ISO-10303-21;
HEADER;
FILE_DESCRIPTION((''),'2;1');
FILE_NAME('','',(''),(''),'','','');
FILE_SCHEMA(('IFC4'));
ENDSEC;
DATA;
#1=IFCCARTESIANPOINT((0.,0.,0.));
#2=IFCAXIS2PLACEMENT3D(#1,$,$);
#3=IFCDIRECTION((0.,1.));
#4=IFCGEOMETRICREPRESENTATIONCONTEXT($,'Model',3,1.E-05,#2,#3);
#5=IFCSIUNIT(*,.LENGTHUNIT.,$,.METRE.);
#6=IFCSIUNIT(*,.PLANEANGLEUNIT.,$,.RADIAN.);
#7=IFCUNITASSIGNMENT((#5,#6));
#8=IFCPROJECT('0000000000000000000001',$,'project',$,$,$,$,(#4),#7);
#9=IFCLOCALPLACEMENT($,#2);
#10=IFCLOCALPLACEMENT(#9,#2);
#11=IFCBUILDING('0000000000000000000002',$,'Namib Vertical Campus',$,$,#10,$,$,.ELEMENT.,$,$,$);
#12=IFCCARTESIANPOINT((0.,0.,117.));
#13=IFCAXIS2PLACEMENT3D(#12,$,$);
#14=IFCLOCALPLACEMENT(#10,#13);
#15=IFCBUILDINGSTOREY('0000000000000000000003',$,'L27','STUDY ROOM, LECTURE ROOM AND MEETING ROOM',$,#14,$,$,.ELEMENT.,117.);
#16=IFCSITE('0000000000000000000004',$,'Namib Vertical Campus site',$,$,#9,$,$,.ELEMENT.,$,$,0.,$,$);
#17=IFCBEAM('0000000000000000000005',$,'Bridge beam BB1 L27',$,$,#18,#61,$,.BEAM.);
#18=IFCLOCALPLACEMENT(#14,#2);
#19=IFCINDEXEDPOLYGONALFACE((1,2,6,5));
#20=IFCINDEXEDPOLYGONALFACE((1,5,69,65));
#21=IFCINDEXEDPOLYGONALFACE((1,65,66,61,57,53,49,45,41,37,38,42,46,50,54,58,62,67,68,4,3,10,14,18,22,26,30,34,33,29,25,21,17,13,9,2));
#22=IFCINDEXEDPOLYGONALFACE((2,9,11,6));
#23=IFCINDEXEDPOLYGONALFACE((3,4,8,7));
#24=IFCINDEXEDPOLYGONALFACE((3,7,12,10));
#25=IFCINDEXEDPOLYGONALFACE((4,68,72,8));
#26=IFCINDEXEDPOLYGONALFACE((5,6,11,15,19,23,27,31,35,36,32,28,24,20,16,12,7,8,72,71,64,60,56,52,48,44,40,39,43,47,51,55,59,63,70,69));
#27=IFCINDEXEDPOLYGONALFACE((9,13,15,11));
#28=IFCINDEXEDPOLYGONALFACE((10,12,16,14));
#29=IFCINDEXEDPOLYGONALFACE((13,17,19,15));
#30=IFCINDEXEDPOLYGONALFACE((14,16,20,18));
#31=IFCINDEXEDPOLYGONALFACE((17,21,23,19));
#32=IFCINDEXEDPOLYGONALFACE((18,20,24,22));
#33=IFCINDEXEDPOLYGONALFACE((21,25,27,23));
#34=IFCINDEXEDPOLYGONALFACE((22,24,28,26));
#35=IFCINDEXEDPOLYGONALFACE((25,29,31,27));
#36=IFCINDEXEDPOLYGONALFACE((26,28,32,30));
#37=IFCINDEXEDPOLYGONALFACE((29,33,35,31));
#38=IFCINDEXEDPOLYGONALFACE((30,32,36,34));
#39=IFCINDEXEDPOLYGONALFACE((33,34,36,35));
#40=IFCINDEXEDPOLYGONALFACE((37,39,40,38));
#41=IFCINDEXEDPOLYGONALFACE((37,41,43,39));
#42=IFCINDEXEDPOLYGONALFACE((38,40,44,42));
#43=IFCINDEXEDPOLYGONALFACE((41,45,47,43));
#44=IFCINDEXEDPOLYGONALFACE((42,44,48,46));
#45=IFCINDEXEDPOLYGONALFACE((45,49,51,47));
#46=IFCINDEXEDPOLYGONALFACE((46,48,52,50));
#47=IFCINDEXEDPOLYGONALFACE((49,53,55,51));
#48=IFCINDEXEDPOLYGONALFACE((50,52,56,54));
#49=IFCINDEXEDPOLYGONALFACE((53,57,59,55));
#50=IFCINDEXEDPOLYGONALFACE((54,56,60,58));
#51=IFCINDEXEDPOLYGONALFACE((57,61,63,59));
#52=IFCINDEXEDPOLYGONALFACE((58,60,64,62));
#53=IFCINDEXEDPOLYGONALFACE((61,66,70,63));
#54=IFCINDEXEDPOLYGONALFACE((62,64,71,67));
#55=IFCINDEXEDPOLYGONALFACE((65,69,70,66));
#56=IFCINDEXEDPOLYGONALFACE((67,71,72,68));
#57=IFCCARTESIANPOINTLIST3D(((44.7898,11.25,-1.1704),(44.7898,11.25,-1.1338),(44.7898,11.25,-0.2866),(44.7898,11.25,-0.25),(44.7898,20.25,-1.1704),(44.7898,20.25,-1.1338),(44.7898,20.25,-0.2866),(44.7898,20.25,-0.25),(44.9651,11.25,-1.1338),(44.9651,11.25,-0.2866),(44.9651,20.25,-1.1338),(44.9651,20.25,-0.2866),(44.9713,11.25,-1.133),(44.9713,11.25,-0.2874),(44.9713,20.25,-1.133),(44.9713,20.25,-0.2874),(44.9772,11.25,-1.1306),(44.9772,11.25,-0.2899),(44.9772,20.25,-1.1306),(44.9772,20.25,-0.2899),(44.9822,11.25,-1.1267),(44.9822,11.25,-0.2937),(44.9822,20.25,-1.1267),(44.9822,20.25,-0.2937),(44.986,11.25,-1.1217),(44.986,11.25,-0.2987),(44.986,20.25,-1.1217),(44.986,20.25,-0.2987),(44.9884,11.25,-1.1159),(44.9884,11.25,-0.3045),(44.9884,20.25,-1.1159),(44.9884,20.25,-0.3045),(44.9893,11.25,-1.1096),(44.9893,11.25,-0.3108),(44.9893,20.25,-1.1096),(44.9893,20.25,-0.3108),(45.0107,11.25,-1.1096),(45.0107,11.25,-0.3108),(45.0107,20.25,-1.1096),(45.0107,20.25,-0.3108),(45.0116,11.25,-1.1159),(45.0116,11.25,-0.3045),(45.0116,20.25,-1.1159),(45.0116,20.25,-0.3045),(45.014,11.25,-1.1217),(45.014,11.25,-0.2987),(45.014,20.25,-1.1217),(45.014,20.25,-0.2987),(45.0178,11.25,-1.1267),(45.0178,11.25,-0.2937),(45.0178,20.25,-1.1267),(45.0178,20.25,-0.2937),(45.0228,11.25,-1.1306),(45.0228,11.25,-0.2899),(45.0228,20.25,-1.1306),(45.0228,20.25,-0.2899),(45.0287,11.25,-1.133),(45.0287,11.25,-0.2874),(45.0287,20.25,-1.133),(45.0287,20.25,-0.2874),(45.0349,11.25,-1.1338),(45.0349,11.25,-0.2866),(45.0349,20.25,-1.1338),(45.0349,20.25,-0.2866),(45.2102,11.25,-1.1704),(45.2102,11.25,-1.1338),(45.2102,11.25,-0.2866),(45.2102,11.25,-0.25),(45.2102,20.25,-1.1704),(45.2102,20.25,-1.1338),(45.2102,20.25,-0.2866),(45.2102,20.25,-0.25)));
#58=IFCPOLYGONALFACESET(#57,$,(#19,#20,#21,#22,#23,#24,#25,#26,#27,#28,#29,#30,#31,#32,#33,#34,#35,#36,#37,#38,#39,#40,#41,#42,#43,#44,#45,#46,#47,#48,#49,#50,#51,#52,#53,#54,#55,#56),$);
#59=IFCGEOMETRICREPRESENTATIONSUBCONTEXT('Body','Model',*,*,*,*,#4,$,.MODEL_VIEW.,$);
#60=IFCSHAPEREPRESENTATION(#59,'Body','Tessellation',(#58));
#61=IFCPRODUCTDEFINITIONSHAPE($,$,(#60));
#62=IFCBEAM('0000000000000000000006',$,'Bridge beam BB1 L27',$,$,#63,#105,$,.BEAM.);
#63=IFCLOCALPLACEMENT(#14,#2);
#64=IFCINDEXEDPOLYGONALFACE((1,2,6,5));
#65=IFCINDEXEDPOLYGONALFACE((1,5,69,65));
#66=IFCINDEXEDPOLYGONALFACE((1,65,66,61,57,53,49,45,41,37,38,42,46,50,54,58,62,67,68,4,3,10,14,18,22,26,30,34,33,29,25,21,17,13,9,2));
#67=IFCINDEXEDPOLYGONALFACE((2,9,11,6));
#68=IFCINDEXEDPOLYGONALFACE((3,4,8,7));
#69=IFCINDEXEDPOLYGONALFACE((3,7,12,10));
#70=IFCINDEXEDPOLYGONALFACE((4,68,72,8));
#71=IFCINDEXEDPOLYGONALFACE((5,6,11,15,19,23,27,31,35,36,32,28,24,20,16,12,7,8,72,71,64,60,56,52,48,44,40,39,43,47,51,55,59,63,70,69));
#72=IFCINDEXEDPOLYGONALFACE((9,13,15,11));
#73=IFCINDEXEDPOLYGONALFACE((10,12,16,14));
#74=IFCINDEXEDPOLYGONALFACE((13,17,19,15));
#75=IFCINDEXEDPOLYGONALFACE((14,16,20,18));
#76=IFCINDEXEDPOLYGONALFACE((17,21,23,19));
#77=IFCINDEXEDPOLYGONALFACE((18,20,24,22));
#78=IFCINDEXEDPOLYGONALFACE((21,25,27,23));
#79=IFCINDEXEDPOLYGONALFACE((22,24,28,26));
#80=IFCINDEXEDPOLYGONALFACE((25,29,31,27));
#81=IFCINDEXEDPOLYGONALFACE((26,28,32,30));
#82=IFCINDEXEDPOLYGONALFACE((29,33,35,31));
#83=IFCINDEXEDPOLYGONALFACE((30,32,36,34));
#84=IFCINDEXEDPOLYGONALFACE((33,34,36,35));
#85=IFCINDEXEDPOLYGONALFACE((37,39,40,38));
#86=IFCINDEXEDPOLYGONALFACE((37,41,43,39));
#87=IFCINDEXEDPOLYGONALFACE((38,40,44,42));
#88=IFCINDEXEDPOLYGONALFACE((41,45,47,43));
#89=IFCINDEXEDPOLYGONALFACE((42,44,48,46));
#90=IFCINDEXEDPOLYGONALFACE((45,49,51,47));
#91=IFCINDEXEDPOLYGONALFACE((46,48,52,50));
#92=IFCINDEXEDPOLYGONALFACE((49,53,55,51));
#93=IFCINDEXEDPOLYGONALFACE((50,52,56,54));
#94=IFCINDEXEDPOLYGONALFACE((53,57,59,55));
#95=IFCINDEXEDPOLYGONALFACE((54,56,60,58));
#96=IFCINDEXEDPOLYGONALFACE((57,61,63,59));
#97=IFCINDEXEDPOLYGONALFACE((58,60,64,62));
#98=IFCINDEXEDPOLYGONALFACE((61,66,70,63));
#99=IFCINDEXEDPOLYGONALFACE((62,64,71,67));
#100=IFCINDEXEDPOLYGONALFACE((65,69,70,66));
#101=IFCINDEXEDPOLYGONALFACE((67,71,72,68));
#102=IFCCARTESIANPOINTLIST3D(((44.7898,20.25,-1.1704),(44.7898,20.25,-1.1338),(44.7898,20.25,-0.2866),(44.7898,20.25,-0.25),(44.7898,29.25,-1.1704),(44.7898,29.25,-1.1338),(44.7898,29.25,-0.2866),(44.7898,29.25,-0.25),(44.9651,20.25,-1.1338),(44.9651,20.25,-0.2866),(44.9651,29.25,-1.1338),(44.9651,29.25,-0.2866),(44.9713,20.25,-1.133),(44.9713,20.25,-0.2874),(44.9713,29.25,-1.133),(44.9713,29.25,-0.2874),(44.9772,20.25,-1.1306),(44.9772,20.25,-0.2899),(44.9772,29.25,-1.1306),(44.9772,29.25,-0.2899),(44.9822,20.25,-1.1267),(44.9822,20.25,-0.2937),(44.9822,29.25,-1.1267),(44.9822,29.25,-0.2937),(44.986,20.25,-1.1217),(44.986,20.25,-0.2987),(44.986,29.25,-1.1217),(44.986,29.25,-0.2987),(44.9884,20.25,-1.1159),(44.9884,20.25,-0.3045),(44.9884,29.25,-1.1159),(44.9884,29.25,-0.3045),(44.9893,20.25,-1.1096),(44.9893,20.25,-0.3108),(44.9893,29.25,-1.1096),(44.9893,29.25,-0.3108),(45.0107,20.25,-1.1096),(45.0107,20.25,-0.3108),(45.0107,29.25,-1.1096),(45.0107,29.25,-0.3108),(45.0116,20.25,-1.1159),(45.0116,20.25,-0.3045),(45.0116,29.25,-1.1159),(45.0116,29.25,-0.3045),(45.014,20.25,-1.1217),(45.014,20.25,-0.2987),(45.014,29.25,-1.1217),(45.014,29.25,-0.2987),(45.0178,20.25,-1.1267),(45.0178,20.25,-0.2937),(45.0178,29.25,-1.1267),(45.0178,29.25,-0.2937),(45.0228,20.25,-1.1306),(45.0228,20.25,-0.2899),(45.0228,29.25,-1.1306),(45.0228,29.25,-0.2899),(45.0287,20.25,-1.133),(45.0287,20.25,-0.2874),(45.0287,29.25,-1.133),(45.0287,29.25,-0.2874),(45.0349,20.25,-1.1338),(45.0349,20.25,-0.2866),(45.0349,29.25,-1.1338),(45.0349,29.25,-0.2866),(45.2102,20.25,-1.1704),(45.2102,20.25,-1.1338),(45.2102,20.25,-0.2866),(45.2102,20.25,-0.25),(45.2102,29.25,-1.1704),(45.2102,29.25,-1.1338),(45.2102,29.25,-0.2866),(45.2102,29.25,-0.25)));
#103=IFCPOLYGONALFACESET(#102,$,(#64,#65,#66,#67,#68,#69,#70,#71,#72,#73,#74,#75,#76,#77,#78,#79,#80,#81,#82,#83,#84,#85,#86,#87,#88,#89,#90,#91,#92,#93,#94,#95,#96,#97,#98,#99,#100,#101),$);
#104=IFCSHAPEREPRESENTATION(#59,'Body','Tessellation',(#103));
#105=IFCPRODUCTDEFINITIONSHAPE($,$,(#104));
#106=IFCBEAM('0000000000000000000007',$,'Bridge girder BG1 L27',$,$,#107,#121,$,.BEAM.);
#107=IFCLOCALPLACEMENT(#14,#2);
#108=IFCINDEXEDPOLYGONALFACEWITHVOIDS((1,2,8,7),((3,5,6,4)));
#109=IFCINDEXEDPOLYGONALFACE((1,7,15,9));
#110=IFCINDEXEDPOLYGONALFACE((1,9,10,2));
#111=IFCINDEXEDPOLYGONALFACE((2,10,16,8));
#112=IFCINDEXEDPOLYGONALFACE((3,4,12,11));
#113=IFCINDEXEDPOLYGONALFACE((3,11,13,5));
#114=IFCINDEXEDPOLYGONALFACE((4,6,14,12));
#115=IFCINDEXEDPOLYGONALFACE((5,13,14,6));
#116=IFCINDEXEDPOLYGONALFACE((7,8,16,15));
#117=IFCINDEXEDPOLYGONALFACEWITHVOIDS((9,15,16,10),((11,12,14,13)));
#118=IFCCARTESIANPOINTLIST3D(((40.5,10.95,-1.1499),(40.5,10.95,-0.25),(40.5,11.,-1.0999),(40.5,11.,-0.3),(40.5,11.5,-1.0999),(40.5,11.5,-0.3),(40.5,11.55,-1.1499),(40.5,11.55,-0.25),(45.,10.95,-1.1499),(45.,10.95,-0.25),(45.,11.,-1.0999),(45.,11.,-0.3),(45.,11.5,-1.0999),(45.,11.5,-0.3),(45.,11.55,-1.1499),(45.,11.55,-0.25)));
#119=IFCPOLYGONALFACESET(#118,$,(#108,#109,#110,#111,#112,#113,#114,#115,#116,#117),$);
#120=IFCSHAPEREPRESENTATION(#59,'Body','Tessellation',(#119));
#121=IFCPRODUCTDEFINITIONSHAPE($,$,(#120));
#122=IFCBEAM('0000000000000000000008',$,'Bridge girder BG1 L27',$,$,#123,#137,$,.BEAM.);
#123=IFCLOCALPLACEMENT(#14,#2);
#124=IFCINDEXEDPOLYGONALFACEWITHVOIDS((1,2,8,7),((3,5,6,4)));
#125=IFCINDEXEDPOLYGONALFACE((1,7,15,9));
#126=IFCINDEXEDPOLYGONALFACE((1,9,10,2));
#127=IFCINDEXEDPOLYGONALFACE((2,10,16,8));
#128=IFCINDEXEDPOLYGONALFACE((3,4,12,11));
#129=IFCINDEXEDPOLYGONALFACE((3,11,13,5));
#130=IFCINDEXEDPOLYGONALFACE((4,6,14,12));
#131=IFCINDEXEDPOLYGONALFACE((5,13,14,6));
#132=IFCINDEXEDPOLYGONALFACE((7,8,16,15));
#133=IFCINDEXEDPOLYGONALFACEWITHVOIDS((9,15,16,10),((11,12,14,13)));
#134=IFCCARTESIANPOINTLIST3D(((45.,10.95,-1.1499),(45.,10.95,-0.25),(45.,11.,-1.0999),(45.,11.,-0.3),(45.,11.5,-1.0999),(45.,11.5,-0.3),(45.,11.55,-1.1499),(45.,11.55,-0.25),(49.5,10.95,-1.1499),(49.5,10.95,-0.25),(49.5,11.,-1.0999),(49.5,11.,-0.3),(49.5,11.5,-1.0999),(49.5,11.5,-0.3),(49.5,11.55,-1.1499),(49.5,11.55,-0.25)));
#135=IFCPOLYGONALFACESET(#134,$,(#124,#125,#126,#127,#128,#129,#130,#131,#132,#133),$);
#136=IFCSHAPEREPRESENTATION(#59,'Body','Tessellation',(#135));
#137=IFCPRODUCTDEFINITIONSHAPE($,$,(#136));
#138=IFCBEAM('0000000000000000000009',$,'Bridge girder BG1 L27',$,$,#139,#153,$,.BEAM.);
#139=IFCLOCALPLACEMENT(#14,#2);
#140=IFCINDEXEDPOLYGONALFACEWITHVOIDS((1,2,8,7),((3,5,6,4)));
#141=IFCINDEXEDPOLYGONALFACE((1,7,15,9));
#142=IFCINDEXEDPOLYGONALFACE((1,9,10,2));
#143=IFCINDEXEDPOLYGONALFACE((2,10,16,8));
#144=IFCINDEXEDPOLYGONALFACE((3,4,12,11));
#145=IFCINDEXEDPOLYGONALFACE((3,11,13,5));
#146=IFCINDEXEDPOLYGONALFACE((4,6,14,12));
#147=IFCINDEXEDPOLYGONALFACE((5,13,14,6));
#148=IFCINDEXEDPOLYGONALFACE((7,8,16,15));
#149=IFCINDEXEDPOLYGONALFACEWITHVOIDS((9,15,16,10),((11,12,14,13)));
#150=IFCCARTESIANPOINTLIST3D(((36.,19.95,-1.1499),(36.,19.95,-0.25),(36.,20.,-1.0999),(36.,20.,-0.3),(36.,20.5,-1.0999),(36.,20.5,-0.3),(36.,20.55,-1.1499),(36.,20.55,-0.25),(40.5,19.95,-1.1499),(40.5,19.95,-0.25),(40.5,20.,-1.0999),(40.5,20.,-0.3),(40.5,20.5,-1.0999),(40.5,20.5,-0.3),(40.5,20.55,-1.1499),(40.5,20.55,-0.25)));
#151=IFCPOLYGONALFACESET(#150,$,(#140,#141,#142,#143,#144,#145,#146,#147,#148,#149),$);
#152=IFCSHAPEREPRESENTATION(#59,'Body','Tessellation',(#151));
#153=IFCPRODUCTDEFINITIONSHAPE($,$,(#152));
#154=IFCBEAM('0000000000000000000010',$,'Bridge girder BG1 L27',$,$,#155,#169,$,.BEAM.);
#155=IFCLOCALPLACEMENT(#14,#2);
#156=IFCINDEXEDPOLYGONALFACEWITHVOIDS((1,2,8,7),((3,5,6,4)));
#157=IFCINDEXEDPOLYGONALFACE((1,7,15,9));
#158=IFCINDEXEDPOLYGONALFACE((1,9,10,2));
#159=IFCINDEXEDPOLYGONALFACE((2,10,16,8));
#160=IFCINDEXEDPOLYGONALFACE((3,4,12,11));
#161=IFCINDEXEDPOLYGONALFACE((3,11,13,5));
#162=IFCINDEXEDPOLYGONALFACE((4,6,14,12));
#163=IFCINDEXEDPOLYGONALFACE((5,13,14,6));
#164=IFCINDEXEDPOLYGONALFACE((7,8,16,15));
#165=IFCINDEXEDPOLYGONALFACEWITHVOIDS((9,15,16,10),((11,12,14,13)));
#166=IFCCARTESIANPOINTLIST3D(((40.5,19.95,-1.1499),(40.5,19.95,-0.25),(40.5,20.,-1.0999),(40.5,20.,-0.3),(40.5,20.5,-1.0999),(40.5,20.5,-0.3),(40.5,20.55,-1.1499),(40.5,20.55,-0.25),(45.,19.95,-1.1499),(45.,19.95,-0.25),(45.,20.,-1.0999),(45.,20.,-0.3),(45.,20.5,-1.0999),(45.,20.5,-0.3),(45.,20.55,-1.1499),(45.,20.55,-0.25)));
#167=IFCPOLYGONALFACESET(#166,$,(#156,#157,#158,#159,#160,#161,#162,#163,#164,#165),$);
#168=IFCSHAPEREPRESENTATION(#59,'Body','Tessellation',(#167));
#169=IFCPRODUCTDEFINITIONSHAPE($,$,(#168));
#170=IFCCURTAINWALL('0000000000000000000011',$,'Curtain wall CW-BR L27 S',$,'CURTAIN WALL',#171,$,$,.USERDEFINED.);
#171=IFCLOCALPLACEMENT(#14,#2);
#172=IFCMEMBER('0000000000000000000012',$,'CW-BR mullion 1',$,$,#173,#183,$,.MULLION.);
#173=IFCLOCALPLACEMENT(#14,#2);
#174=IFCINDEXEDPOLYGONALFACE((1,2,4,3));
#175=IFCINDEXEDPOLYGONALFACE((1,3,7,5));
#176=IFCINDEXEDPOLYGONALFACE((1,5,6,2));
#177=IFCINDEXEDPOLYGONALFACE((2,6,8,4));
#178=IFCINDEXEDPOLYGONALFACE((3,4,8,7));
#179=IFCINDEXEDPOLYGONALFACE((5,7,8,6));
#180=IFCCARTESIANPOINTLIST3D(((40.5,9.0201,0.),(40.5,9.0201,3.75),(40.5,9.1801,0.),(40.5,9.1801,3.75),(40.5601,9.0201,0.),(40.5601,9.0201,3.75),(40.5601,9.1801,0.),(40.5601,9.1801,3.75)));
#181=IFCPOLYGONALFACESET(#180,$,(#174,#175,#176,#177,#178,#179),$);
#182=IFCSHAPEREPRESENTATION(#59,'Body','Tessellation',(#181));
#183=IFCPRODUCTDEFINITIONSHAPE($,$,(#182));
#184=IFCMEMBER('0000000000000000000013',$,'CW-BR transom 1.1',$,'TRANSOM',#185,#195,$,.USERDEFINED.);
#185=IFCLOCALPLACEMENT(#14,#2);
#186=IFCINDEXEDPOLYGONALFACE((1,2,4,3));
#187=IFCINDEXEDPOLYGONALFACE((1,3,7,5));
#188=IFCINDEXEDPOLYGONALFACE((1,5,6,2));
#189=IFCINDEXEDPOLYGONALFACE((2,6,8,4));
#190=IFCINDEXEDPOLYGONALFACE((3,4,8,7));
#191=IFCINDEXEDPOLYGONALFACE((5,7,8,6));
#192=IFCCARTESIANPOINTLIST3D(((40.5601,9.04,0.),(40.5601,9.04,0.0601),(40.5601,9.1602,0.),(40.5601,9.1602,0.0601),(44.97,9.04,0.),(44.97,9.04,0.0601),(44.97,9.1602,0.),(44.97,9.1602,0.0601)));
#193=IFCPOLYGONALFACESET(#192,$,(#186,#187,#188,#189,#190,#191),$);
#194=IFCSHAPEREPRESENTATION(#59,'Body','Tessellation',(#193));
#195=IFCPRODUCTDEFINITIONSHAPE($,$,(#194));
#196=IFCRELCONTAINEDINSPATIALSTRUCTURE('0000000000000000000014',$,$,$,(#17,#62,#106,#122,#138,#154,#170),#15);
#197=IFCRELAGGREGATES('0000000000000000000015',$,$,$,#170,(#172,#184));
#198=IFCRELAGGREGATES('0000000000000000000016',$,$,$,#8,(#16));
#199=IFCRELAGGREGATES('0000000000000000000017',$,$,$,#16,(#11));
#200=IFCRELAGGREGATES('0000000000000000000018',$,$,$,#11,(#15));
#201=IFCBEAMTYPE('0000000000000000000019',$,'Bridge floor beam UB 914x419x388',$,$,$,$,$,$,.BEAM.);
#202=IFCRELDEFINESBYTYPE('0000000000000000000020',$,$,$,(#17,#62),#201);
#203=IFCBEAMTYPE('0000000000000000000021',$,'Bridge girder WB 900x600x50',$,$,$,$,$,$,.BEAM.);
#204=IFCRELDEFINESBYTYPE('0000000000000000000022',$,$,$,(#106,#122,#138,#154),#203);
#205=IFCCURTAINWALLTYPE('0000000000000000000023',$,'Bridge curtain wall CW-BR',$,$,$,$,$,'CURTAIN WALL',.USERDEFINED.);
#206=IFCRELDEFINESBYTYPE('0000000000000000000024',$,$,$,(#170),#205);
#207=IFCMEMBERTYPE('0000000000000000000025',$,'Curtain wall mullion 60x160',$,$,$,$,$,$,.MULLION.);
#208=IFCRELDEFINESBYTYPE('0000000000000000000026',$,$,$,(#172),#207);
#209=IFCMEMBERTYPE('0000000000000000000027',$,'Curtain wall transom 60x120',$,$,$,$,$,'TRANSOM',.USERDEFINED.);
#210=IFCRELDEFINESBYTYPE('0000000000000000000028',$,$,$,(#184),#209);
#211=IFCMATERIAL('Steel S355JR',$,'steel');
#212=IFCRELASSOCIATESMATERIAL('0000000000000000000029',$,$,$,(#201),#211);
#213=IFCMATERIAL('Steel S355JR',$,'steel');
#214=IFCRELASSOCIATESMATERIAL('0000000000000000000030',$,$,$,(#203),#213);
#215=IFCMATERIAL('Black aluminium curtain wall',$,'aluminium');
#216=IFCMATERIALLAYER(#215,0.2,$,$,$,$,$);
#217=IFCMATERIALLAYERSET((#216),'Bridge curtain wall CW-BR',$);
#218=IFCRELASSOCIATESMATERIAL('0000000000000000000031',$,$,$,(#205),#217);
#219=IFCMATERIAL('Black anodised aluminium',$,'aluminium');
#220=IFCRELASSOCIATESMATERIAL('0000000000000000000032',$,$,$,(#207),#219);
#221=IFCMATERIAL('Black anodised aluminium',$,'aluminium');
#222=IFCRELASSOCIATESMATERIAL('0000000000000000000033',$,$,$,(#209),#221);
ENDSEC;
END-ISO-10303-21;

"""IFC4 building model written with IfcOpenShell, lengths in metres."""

from ifc_helpers import new_model, si_unit, direction, frame, origin, origin_2d, place, context, subcontext, project, spatial, rectangle, hollow_rectangle, i_section, extrude, material, layer, layer_set, material_profile, profile_set, type_object, element, aggregate, save


model = new_model("IFC4")

# Units and contexts
model_context = context("Model", 3, precision=1e-05, world=origin(), true_north=direction((0.0, 1.0)))
body_context = subcontext(model_context, "Body", "Model", "MODEL_VIEW")
ifc_project = project(units=[si_unit("LENGTHUNIT", "METRE"), si_unit("PLANEANGLEUNIT", "RADIAN")], contexts=[model_context])

# Site, building, storey
site_placement = place(None, origin())
site = spatial("IfcSite", under=ifc_project, at=site_placement, Name="Namib Vertical Campus site", CompositionType="ELEMENT", RefElevation=0.0)
building_placement = place(site_placement, origin())
building = spatial("IfcBuilding", under=site, at=building_placement, Name="Namib Vertical Campus", CompositionType="ELEMENT")
storey_placement = place(building_placement, frame((0.0, 0.0, 117.0)))
storey = spatial("IfcBuildingStorey", under=building, at=storey_placement, Name="L27", Description="STUDY ROOM, LECTURE ROOM AND MEETING ROOM", CompositionType="ELEMENT", Elevation=117.0)

# Beams
ifc_material_1 = material(Name="Steel S355JR", Category="steel")
ifc_material_profile_1 = material_profile(ifc_material_1, i_section(OverallWidth=0.4204, OverallDepth=0.9204, WebThickness=0.0215, FlangeThickness=0.0366, FilletRadius=0.0242, at=origin_2d()))
ifc_profile_set_1 = profile_set([ifc_material_profile_1], Name="Steel S355JR")
beam_type_1 = type_object("IfcBeamType", Name="Bridge floor beam UB 914x419x388", PredefinedType="BEAM", material=ifc_profile_set_1)
for number, where, z_axis, x_axis, name in (
    (1, (45.0, 11.25, -0.7102), (0.0, 1.0, 0.0), (-1.0, 0.0, 0.0), "Bridge beam BB1 L27"),
    (2, (45.0, 20.25, -0.7102), (0.0, 1.0, 0.0), (-1.0, 0.0, 0.0), "Bridge beam BB1 L27"),
):
    element("IfcBeam", number, at=place(storey_placement, frame(where, z_axis=z_axis, x_axis=x_axis)), inside=storey, type_object=beam_type_1, Name=name, PredefinedType="BEAM", context=body_context, shape_type="SweptSolid", body=[
        extrude(i_section(OverallWidth=0.4204, OverallDepth=0.9204, WebThickness=0.0215, FlangeThickness=0.0366, FilletRadius=0.0242, at=origin_2d()), origin(), (0.0, 0.0, 1.0), 9.0),
    ])
ifc_material_2 = material(Name="Steel S355JR", Category="steel")
ifc_material_profile_2 = material_profile(ifc_material_2, hollow_rectangle(XDim=0.6001, YDim=0.8999, WallThickness=0.05, at=origin_2d()))
ifc_profile_set_2 = profile_set([ifc_material_profile_2], Name="Steel S355JR")
beam_type_2 = type_object("IfcBeamType", Name="Bridge girder WB 900x600x50", PredefinedType="BEAM", material=ifc_profile_set_2)
for number, where, z_axis, x_axis, name in (
    (3, (40.5, 11.25, -0.7), (1.0, 0.0, 0.0), (0.0, 1.0, 0.0), "Bridge girder BG1 L27"),
    (4, (45.0, 11.25, -0.7), (1.0, 0.0, 0.0), (0.0, 1.0, 0.0), "Bridge girder BG1 L27"),
    (5, (36.0, 20.25, -0.7), (1.0, 0.0, 0.0), (0.0, 1.0, 0.0), "Bridge girder BG1 L27"),
    (6, (40.5, 20.25, -0.7), (1.0, 0.0, 0.0), (0.0, 1.0, 0.0), "Bridge girder BG1 L27"),
):
    element("IfcBeam", number, at=place(storey_placement, frame(where, z_axis=z_axis, x_axis=x_axis)), inside=storey, type_object=beam_type_2, Name=name, PredefinedType="BEAM", context=body_context, shape_type="SweptSolid", body=[
        extrude(hollow_rectangle(XDim=0.6001, YDim=0.8999, WallThickness=0.05, at=origin_2d()), origin(), (0.0, 0.0, 1.0), 4.5),
    ])

# Curtain wall, members
ifc_material_3 = material(Name="Black aluminium curtain wall", Category="aluminium")
ifc_layer_1 = layer(ifc_material_3, 0.2)
ifc_layer_set_1 = layer_set([ifc_layer_1], Name="Bridge curtain wall CW-BR")
curtain_wall_type = type_object("IfcCurtainWallType", Name="Bridge curtain wall CW-BR", ElementType="CURTAIN WALL", PredefinedType="USERDEFINED", material=ifc_layer_set_1)
curtain_wall_placement = place(storey_placement, origin())
curtain_wall = element("IfcCurtainWall", 7, at=curtain_wall_placement, inside=storey, type_object=curtain_wall_type, Name="Curtain wall CW-BR L27 S", ObjectType="CURTAIN WALL", PredefinedType="USERDEFINED")
ifc_material_4 = material(Name="Black anodised aluminium", Category="aluminium")
ifc_material_profile_3 = material_profile(ifc_material_4, rectangle(XDim=0.0601, YDim=0.1599, at=origin_2d()))
ifc_profile_set_3 = profile_set([ifc_material_profile_3], Name="Black anodised aluminium")
member_type_1 = type_object("IfcMemberType", Name="Curtain wall mullion 60x160", PredefinedType="MULLION", material=ifc_profile_set_3)
member_1_placement = place(storey_placement, frame((40.53, 9.1001, 0.0), z_axis=(0.0, 0.0, 1.0), x_axis=(1.0, 0.0, 0.0)))
member_1 = element("IfcMember", 8, at=member_1_placement, type_object=member_type_1, Name="CW-BR mullion 1", PredefinedType="MULLION", context=body_context, shape_type="SweptSolid", body=[
    extrude(rectangle(XDim=0.0601, YDim=0.1599, at=origin_2d()), origin(), (0.0, 0.0, 1.0), 3.75),
])
ifc_material_5 = material(Name="Black anodised aluminium", Category="aluminium")
ifc_material_profile_4 = material_profile(ifc_material_5, rectangle(XDim=0.0601, YDim=0.1201, at=origin_2d()))
ifc_profile_set_4 = profile_set([ifc_material_profile_4], Name="Black anodised aluminium")
member_type_2 = type_object("IfcMemberType", Name="Curtain wall transom 60x120", ElementType="TRANSOM", PredefinedType="USERDEFINED", material=ifc_profile_set_4)
member_2_placement = place(storey_placement, frame((40.5601, 9.1001, 0.03), z_axis=(1.0, 0.0, 0.0), x_axis=(0.0, 0.0, 1.0)))
member_2 = element("IfcMember", 9, at=member_2_placement, type_object=member_type_2, Name="CW-BR transom 1.1", ObjectType="TRANSOM", PredefinedType="USERDEFINED", context=body_context, shape_type="SweptSolid", body=[
    extrude(rectangle(XDim=0.0601, YDim=0.1201, at=origin_2d()), origin(), (0.0, 0.0, 1.0), 4.4099),
])

aggregate(curtain_wall, [member_1, member_2])

save(model, "model.ifc")
